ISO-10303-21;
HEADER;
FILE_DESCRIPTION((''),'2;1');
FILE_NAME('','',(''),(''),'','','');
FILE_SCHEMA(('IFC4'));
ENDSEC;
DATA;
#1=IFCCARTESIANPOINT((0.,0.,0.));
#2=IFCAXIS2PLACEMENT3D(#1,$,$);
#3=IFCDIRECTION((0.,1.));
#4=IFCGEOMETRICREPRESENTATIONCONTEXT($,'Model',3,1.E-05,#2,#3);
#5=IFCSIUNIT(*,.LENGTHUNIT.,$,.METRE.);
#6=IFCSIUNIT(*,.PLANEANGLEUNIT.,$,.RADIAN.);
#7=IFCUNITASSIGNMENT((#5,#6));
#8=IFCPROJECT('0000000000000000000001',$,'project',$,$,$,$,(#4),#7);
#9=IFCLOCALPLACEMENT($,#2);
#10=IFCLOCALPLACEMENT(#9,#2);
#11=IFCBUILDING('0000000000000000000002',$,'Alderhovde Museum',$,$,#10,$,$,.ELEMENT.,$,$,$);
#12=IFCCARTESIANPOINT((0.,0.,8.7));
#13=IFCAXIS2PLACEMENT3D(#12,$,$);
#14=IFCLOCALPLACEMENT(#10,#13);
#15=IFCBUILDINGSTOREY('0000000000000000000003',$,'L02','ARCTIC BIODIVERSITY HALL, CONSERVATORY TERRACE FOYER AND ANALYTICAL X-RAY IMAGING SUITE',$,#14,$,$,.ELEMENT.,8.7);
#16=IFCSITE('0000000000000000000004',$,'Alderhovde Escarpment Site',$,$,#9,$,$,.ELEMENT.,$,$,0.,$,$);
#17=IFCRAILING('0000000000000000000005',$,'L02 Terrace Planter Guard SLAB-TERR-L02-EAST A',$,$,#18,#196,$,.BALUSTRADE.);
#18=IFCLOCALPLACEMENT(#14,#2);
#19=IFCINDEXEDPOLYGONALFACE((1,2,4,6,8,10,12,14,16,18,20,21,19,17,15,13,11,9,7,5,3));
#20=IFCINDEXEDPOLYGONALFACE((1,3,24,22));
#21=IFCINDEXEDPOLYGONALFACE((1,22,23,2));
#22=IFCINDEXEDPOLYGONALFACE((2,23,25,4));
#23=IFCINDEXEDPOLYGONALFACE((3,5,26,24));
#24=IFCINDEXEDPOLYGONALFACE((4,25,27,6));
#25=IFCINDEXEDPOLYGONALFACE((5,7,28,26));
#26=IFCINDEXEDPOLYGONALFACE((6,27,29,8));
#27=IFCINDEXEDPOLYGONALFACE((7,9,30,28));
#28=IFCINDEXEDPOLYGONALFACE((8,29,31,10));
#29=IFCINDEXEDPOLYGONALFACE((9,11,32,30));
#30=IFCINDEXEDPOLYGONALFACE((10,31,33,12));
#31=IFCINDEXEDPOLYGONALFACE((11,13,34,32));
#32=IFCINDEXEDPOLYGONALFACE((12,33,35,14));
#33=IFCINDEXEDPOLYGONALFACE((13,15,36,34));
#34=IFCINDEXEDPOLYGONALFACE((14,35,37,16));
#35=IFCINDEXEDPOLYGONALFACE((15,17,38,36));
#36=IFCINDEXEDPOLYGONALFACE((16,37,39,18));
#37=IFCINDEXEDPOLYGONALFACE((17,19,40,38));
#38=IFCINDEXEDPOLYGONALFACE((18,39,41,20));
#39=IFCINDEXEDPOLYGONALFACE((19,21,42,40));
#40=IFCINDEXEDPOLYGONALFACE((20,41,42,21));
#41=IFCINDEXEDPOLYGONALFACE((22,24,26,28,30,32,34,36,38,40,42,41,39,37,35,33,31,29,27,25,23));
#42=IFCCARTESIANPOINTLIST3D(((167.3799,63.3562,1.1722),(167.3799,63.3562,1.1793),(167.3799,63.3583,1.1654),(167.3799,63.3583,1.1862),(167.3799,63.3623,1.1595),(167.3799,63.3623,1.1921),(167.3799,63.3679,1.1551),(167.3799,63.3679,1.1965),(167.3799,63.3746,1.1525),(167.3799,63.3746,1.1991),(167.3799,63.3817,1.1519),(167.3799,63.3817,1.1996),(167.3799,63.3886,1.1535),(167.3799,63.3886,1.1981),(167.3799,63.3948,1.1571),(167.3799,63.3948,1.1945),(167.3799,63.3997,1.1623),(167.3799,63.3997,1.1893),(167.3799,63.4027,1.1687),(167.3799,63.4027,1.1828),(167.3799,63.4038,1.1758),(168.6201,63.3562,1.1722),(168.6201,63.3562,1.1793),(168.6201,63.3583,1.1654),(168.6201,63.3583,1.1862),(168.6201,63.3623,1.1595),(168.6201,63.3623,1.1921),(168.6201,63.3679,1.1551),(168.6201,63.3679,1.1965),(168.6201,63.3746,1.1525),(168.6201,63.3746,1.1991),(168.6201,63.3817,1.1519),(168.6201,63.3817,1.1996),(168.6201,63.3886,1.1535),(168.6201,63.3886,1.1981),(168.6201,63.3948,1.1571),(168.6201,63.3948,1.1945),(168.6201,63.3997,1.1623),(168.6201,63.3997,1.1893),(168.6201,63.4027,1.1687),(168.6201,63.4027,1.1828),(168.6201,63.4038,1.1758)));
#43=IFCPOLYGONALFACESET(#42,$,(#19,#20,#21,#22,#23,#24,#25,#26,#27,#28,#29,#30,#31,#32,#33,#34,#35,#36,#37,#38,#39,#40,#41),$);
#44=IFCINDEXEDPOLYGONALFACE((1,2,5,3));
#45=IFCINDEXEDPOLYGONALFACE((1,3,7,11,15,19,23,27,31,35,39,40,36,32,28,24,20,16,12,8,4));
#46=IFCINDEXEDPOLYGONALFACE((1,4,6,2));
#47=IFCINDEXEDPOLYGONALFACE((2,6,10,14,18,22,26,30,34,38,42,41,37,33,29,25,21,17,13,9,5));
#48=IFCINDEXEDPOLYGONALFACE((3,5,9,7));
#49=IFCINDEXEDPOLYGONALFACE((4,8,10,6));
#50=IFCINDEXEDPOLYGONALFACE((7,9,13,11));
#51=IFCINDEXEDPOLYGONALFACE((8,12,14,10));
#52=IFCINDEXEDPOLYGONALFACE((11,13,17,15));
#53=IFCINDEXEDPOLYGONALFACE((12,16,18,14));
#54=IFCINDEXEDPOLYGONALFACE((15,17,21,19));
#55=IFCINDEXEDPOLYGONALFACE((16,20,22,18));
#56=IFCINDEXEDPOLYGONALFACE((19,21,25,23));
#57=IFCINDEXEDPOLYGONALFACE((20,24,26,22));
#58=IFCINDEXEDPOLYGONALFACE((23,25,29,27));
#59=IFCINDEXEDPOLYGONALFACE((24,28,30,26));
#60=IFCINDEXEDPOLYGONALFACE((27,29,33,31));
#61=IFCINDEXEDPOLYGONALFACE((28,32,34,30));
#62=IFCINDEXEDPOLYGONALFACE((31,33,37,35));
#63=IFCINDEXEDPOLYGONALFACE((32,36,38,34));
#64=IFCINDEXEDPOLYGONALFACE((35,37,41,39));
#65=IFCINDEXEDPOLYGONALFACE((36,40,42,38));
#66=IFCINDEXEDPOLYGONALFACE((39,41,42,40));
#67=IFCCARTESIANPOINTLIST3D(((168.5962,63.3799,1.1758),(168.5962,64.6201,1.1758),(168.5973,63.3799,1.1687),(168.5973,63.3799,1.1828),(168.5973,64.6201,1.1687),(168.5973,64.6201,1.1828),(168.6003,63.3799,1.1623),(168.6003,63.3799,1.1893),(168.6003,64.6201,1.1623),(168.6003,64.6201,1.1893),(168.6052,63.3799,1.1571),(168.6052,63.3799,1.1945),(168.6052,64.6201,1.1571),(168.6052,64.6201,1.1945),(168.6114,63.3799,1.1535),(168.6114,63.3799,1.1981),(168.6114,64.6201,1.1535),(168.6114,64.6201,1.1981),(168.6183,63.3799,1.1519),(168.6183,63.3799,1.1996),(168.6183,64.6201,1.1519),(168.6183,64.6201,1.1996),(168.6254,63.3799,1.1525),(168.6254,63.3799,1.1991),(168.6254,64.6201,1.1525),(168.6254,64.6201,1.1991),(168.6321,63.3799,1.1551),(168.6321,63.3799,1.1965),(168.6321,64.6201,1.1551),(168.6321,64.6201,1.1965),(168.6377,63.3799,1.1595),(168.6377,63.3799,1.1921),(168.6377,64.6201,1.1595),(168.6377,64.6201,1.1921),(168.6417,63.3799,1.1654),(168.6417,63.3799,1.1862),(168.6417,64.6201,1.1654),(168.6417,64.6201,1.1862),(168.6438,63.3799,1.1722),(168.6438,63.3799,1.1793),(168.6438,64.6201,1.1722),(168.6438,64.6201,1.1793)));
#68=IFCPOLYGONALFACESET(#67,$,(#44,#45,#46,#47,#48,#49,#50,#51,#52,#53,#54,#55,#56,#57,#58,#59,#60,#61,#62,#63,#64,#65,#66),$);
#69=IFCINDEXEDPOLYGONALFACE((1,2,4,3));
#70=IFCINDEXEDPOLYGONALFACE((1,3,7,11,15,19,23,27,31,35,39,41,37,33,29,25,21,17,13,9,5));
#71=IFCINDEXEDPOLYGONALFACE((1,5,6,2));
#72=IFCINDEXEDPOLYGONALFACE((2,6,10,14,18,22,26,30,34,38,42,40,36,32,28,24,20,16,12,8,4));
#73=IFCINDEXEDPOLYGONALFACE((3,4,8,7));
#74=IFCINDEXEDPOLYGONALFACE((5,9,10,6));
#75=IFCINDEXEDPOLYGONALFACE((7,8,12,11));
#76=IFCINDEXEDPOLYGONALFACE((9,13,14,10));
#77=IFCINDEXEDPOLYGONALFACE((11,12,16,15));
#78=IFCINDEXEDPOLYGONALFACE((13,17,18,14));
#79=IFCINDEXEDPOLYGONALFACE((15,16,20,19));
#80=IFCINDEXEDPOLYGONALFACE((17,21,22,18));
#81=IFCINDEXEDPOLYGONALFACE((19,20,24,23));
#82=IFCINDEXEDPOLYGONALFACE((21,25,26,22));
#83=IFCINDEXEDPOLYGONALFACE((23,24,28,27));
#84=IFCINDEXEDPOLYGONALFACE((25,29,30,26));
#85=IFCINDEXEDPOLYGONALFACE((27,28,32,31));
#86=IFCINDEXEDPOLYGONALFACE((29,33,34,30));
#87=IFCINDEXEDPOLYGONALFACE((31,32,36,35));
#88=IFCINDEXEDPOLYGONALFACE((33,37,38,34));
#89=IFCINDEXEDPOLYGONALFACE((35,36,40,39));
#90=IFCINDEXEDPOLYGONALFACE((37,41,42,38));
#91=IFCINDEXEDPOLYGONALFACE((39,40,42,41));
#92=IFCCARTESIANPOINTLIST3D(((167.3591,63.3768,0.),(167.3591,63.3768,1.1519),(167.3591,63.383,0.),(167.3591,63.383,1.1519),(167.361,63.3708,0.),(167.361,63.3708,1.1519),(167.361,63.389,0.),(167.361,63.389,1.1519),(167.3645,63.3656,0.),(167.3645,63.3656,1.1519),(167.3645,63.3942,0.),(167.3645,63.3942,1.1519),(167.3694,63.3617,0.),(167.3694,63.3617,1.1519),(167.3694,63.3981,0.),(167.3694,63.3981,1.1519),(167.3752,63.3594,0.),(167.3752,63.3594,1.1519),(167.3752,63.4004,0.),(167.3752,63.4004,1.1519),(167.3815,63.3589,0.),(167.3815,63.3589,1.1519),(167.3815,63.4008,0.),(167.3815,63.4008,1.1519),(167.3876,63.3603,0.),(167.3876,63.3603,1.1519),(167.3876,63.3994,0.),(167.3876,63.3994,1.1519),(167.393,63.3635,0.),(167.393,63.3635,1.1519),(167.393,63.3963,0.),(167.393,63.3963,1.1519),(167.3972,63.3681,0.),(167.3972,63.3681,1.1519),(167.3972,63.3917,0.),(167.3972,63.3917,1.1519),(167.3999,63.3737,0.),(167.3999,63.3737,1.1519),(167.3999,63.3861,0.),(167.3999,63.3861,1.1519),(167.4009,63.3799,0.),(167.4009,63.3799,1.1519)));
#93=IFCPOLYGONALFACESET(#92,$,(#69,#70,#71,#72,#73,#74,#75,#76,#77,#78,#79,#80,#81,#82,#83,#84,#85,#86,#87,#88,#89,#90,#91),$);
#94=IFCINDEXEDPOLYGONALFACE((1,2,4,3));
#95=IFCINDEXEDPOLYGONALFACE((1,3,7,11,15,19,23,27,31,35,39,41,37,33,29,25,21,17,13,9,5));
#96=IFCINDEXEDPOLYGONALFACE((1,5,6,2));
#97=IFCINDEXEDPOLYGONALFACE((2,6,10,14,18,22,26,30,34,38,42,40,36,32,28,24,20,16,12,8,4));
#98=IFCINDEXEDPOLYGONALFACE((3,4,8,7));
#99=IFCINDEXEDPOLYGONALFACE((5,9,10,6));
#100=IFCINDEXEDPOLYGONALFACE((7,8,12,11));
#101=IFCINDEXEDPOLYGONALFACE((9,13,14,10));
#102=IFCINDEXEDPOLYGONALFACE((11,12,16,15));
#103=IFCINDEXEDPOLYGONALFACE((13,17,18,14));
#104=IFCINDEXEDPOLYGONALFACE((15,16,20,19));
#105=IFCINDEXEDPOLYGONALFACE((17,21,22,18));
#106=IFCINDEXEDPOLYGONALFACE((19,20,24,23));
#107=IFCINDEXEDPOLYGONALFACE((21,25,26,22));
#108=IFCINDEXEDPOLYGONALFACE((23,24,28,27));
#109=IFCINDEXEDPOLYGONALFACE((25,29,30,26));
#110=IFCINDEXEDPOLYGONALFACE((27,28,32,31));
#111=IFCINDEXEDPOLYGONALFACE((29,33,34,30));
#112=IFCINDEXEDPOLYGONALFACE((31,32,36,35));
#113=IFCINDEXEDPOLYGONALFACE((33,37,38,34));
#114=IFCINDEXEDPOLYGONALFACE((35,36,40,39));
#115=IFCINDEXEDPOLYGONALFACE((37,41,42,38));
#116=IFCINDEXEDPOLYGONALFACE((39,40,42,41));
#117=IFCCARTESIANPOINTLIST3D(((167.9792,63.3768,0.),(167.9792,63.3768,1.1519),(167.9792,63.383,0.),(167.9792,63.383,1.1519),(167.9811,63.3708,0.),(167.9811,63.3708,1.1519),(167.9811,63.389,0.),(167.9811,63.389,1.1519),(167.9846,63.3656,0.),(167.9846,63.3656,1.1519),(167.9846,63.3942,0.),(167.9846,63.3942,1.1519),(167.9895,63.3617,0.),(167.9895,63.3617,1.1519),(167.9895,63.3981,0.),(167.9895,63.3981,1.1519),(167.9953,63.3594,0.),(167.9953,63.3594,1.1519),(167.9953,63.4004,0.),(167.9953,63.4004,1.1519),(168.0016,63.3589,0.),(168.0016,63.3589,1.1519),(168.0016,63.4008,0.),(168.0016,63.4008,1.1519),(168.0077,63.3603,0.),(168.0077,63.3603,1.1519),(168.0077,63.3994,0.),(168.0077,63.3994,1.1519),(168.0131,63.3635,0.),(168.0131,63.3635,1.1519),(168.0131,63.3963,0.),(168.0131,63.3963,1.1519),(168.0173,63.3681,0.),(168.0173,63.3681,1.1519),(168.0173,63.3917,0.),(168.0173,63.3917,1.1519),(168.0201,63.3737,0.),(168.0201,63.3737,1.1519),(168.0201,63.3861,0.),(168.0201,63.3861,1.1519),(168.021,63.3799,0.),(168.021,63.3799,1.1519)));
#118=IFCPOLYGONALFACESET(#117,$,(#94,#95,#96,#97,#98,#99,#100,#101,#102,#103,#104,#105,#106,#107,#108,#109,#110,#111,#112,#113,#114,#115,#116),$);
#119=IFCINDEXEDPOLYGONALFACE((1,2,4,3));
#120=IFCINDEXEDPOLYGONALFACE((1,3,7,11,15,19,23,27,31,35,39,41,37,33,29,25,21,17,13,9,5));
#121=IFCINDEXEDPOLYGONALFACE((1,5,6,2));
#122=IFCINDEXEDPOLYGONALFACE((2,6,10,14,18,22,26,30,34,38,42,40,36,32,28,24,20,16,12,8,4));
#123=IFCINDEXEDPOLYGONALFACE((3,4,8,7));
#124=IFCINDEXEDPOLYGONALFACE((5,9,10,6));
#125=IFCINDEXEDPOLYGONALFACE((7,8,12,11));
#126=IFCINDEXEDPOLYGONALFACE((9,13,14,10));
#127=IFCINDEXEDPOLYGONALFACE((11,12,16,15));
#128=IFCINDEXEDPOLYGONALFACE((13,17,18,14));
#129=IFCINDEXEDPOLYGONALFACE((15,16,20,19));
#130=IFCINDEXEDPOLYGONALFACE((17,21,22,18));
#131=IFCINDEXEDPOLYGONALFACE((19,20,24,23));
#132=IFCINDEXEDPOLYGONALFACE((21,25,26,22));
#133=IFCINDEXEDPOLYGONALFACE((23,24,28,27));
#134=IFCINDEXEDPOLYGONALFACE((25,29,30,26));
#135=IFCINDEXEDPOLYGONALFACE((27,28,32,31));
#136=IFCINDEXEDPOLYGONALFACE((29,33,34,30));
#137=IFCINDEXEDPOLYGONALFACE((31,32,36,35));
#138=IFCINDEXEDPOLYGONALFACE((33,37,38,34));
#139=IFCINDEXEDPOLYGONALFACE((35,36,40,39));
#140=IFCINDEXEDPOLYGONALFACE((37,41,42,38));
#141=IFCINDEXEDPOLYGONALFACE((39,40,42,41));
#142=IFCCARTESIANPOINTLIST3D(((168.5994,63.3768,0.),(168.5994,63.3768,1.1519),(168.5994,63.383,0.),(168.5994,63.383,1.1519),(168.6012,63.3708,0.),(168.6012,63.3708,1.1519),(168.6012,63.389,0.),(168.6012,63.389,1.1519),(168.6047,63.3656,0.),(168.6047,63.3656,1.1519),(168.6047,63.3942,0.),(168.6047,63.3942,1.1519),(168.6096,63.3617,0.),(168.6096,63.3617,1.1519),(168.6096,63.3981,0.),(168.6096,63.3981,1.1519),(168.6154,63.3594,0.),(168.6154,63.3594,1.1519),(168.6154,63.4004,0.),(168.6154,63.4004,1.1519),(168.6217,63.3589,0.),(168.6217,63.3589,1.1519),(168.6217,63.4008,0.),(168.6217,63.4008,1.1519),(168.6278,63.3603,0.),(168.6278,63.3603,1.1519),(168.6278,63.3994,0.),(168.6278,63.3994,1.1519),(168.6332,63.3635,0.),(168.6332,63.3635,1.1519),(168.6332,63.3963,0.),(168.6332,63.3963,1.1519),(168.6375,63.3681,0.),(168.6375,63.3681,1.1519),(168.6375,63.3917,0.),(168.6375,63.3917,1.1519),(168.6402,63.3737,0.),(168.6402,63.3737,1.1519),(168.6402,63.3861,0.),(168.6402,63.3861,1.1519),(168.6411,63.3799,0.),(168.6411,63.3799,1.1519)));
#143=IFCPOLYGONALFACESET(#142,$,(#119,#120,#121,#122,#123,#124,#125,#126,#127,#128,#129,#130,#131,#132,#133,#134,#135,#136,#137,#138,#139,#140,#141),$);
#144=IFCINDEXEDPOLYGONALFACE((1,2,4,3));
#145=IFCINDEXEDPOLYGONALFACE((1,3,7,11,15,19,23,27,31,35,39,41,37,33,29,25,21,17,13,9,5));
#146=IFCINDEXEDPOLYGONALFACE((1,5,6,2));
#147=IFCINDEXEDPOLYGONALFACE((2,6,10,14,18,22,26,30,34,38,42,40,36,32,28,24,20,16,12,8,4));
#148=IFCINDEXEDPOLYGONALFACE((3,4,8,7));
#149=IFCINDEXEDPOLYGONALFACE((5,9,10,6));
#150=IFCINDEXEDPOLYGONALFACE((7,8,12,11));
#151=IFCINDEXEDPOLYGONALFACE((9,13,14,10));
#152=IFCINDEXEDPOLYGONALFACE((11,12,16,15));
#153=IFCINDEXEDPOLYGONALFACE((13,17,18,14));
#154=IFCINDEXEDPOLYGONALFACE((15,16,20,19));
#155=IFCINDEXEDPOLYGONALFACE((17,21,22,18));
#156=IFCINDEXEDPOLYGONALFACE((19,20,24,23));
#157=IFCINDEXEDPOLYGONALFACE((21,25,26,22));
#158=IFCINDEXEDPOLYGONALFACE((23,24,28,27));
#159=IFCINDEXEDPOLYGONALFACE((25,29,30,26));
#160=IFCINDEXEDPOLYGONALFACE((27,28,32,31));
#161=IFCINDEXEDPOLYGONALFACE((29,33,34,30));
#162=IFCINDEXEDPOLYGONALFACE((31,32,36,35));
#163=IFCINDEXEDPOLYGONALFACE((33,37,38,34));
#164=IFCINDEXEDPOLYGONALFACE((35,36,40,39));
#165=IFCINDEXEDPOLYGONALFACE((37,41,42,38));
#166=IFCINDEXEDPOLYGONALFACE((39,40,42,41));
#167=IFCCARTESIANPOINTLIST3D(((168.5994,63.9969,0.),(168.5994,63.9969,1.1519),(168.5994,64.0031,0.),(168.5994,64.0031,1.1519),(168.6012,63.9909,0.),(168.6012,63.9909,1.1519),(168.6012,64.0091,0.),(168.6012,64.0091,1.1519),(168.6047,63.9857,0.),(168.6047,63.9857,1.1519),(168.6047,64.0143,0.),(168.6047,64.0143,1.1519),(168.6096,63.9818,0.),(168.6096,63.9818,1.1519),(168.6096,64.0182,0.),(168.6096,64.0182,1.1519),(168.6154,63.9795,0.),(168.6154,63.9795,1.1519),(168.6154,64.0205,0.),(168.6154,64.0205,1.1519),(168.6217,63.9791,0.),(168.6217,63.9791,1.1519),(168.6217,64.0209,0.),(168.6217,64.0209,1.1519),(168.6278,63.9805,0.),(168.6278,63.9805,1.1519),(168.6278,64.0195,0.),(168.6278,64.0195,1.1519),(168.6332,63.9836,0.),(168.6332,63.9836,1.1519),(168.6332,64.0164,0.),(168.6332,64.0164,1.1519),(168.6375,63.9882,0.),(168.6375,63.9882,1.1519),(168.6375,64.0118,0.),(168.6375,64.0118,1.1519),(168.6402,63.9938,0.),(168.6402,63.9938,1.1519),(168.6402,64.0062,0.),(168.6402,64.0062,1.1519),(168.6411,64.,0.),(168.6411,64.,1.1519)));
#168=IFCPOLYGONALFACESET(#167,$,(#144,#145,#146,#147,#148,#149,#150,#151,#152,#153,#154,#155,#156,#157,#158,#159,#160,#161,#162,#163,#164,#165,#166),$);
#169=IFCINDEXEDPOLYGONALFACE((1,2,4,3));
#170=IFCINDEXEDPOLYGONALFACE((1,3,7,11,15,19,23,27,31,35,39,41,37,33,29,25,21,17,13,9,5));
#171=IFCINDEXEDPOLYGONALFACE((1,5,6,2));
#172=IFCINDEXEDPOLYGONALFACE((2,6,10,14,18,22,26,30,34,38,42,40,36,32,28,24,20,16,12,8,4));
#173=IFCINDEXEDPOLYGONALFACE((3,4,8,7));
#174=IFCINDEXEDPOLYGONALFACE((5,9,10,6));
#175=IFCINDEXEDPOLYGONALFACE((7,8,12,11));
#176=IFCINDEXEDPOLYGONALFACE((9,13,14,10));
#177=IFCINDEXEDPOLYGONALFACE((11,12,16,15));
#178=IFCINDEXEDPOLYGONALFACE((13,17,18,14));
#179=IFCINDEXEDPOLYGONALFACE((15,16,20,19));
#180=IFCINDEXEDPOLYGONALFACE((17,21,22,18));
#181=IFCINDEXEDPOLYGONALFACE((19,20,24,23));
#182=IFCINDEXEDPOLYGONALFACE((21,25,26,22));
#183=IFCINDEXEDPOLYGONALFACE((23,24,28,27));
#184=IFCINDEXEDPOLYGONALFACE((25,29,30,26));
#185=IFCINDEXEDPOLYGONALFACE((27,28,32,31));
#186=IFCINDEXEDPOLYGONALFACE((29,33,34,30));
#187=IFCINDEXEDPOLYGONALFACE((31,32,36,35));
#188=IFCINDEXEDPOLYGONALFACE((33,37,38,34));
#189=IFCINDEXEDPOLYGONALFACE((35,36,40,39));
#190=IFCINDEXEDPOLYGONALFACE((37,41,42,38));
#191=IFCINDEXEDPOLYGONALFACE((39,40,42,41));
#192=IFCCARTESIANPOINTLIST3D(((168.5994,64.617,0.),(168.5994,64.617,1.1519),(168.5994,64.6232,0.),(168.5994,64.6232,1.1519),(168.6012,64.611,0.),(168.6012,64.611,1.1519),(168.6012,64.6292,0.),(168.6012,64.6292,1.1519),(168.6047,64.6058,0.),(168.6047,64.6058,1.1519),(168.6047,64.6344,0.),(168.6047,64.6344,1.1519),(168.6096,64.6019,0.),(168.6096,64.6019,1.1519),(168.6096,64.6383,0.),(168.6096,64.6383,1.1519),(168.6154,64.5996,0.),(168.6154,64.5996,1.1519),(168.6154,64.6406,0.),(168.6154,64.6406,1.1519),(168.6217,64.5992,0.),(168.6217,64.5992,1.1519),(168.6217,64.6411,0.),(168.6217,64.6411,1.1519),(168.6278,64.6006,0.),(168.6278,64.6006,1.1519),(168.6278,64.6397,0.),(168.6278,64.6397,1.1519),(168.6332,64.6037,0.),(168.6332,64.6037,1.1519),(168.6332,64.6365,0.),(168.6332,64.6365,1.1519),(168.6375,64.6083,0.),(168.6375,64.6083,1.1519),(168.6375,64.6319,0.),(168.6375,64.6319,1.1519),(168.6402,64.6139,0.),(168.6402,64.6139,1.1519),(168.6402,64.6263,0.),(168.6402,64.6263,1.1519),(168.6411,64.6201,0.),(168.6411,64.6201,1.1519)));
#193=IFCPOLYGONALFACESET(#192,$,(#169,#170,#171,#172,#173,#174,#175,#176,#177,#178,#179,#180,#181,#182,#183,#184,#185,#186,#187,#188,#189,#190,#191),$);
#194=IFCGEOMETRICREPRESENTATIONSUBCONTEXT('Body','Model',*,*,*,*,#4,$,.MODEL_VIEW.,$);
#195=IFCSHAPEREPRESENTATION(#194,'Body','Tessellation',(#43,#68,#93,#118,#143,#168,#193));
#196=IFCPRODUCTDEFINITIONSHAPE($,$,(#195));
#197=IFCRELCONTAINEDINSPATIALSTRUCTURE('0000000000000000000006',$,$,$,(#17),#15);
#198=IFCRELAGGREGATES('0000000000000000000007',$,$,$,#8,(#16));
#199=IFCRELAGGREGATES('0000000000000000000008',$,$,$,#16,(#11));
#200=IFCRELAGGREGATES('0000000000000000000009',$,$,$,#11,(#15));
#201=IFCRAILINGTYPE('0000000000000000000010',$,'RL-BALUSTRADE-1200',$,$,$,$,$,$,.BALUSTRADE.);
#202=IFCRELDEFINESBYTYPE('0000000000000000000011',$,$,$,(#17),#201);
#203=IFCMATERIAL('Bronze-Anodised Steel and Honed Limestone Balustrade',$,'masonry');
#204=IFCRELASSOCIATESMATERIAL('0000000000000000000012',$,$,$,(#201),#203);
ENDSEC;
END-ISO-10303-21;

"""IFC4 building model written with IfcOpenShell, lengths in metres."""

from ifc_helpers import new_model, si_unit, direction, frame, origin, origin_2d, place, context, subcontext, project, spatial, circle, extrude, material, type_object, element, save


model = new_model("IFC4")

# Units and contexts
model_context = context("Model", 3, precision=1e-05, world=origin(), true_north=direction((0.0, 1.0)))
body_context = subcontext(model_context, "Body", "Model", "MODEL_VIEW")
ifc_project = project(units=[si_unit("LENGTHUNIT", "METRE"), si_unit("PLANEANGLEUNIT", "RADIAN")], contexts=[model_context])

# Site, building, storey
site_placement = place(None, origin())
site = spatial("IfcSite", under=ifc_project, at=site_placement, Name="Alderhovde Escarpment Site", CompositionType="ELEMENT", RefElevation=0.0)
building_placement = place(site_placement, origin())
building = spatial("IfcBuilding", under=site, at=building_placement, Name="Alderhovde Museum", CompositionType="ELEMENT")
storey_placement = place(building_placement, frame((0.0, 0.0, 8.7)))
storey = spatial("IfcBuildingStorey", under=building, at=storey_placement, Name="L02", Description="ARCTIC BIODIVERSITY HALL, CONSERVATORY TERRACE FOYER AND ANALYTICAL X-RAY IMAGING SUITE", CompositionType="ELEMENT", Elevation=8.7)

# Railing
ifc_material_1 = material(Name="Bronze-Anodised Steel and Honed Limestone Balustrade", Category="masonry")
railing_type = type_object("IfcRailingType", Name="RL-BALUSTRADE-1200", PredefinedType="BALUSTRADE", material=ifc_material_1)
railing_1_placement = place(storey_placement, frame((167.3799, 63.3799, 0.0)))
element("IfcRailing", 1, at=railing_1_placement, inside=storey, type_object=railing_type, Name="L02 Terrace Planter Guard SLAB-TERR-L02-EAST A", PredefinedType="BALUSTRADE", context=body_context, shape_type="SweptSolid", body=[
    extrude(circle(Radius=0.0239, at=origin_2d()), frame((0.0, 0.0, 1.1758), z_axis=(1.0, 0.0, 0.0), x_axis=(0.0, 1.0, 0.0)), (0.0, 0.0, 1.0), 1.2402),
    extrude(circle(Radius=0.0239, at=origin_2d()), frame((1.2402, 0.0, 1.1758), z_axis=(0.0, 1.0, 0.0), x_axis=(-1.0, 0.0, 0.0)), (0.0, 0.0, 1.0), 1.2402),
    extrude(circle(Radius=0.021, at=origin_2d()), origin(), (0.0, 0.0, 1.0), 1.1519),
    extrude(circle(Radius=0.021, at=origin_2d()), frame((0.6201, 0.0, 0.0)), (0.0, 0.0, 1.0), 1.1519),
    extrude(circle(Radius=0.021, at=origin_2d()), frame((1.2402, 0.0, 0.0)), (0.0, 0.0, 1.0), 1.1519),
    extrude(circle(Radius=0.021, at=origin_2d()), frame((1.2402, 0.6201, 0.0)), (0.0, 0.0, 1.0), 1.1519),
    extrude(circle(Radius=0.021, at=origin_2d()), frame((1.2402, 1.2402, 0.0)), (0.0, 0.0, 1.0), 1.1519),
])

save(model, "model.ifc")
